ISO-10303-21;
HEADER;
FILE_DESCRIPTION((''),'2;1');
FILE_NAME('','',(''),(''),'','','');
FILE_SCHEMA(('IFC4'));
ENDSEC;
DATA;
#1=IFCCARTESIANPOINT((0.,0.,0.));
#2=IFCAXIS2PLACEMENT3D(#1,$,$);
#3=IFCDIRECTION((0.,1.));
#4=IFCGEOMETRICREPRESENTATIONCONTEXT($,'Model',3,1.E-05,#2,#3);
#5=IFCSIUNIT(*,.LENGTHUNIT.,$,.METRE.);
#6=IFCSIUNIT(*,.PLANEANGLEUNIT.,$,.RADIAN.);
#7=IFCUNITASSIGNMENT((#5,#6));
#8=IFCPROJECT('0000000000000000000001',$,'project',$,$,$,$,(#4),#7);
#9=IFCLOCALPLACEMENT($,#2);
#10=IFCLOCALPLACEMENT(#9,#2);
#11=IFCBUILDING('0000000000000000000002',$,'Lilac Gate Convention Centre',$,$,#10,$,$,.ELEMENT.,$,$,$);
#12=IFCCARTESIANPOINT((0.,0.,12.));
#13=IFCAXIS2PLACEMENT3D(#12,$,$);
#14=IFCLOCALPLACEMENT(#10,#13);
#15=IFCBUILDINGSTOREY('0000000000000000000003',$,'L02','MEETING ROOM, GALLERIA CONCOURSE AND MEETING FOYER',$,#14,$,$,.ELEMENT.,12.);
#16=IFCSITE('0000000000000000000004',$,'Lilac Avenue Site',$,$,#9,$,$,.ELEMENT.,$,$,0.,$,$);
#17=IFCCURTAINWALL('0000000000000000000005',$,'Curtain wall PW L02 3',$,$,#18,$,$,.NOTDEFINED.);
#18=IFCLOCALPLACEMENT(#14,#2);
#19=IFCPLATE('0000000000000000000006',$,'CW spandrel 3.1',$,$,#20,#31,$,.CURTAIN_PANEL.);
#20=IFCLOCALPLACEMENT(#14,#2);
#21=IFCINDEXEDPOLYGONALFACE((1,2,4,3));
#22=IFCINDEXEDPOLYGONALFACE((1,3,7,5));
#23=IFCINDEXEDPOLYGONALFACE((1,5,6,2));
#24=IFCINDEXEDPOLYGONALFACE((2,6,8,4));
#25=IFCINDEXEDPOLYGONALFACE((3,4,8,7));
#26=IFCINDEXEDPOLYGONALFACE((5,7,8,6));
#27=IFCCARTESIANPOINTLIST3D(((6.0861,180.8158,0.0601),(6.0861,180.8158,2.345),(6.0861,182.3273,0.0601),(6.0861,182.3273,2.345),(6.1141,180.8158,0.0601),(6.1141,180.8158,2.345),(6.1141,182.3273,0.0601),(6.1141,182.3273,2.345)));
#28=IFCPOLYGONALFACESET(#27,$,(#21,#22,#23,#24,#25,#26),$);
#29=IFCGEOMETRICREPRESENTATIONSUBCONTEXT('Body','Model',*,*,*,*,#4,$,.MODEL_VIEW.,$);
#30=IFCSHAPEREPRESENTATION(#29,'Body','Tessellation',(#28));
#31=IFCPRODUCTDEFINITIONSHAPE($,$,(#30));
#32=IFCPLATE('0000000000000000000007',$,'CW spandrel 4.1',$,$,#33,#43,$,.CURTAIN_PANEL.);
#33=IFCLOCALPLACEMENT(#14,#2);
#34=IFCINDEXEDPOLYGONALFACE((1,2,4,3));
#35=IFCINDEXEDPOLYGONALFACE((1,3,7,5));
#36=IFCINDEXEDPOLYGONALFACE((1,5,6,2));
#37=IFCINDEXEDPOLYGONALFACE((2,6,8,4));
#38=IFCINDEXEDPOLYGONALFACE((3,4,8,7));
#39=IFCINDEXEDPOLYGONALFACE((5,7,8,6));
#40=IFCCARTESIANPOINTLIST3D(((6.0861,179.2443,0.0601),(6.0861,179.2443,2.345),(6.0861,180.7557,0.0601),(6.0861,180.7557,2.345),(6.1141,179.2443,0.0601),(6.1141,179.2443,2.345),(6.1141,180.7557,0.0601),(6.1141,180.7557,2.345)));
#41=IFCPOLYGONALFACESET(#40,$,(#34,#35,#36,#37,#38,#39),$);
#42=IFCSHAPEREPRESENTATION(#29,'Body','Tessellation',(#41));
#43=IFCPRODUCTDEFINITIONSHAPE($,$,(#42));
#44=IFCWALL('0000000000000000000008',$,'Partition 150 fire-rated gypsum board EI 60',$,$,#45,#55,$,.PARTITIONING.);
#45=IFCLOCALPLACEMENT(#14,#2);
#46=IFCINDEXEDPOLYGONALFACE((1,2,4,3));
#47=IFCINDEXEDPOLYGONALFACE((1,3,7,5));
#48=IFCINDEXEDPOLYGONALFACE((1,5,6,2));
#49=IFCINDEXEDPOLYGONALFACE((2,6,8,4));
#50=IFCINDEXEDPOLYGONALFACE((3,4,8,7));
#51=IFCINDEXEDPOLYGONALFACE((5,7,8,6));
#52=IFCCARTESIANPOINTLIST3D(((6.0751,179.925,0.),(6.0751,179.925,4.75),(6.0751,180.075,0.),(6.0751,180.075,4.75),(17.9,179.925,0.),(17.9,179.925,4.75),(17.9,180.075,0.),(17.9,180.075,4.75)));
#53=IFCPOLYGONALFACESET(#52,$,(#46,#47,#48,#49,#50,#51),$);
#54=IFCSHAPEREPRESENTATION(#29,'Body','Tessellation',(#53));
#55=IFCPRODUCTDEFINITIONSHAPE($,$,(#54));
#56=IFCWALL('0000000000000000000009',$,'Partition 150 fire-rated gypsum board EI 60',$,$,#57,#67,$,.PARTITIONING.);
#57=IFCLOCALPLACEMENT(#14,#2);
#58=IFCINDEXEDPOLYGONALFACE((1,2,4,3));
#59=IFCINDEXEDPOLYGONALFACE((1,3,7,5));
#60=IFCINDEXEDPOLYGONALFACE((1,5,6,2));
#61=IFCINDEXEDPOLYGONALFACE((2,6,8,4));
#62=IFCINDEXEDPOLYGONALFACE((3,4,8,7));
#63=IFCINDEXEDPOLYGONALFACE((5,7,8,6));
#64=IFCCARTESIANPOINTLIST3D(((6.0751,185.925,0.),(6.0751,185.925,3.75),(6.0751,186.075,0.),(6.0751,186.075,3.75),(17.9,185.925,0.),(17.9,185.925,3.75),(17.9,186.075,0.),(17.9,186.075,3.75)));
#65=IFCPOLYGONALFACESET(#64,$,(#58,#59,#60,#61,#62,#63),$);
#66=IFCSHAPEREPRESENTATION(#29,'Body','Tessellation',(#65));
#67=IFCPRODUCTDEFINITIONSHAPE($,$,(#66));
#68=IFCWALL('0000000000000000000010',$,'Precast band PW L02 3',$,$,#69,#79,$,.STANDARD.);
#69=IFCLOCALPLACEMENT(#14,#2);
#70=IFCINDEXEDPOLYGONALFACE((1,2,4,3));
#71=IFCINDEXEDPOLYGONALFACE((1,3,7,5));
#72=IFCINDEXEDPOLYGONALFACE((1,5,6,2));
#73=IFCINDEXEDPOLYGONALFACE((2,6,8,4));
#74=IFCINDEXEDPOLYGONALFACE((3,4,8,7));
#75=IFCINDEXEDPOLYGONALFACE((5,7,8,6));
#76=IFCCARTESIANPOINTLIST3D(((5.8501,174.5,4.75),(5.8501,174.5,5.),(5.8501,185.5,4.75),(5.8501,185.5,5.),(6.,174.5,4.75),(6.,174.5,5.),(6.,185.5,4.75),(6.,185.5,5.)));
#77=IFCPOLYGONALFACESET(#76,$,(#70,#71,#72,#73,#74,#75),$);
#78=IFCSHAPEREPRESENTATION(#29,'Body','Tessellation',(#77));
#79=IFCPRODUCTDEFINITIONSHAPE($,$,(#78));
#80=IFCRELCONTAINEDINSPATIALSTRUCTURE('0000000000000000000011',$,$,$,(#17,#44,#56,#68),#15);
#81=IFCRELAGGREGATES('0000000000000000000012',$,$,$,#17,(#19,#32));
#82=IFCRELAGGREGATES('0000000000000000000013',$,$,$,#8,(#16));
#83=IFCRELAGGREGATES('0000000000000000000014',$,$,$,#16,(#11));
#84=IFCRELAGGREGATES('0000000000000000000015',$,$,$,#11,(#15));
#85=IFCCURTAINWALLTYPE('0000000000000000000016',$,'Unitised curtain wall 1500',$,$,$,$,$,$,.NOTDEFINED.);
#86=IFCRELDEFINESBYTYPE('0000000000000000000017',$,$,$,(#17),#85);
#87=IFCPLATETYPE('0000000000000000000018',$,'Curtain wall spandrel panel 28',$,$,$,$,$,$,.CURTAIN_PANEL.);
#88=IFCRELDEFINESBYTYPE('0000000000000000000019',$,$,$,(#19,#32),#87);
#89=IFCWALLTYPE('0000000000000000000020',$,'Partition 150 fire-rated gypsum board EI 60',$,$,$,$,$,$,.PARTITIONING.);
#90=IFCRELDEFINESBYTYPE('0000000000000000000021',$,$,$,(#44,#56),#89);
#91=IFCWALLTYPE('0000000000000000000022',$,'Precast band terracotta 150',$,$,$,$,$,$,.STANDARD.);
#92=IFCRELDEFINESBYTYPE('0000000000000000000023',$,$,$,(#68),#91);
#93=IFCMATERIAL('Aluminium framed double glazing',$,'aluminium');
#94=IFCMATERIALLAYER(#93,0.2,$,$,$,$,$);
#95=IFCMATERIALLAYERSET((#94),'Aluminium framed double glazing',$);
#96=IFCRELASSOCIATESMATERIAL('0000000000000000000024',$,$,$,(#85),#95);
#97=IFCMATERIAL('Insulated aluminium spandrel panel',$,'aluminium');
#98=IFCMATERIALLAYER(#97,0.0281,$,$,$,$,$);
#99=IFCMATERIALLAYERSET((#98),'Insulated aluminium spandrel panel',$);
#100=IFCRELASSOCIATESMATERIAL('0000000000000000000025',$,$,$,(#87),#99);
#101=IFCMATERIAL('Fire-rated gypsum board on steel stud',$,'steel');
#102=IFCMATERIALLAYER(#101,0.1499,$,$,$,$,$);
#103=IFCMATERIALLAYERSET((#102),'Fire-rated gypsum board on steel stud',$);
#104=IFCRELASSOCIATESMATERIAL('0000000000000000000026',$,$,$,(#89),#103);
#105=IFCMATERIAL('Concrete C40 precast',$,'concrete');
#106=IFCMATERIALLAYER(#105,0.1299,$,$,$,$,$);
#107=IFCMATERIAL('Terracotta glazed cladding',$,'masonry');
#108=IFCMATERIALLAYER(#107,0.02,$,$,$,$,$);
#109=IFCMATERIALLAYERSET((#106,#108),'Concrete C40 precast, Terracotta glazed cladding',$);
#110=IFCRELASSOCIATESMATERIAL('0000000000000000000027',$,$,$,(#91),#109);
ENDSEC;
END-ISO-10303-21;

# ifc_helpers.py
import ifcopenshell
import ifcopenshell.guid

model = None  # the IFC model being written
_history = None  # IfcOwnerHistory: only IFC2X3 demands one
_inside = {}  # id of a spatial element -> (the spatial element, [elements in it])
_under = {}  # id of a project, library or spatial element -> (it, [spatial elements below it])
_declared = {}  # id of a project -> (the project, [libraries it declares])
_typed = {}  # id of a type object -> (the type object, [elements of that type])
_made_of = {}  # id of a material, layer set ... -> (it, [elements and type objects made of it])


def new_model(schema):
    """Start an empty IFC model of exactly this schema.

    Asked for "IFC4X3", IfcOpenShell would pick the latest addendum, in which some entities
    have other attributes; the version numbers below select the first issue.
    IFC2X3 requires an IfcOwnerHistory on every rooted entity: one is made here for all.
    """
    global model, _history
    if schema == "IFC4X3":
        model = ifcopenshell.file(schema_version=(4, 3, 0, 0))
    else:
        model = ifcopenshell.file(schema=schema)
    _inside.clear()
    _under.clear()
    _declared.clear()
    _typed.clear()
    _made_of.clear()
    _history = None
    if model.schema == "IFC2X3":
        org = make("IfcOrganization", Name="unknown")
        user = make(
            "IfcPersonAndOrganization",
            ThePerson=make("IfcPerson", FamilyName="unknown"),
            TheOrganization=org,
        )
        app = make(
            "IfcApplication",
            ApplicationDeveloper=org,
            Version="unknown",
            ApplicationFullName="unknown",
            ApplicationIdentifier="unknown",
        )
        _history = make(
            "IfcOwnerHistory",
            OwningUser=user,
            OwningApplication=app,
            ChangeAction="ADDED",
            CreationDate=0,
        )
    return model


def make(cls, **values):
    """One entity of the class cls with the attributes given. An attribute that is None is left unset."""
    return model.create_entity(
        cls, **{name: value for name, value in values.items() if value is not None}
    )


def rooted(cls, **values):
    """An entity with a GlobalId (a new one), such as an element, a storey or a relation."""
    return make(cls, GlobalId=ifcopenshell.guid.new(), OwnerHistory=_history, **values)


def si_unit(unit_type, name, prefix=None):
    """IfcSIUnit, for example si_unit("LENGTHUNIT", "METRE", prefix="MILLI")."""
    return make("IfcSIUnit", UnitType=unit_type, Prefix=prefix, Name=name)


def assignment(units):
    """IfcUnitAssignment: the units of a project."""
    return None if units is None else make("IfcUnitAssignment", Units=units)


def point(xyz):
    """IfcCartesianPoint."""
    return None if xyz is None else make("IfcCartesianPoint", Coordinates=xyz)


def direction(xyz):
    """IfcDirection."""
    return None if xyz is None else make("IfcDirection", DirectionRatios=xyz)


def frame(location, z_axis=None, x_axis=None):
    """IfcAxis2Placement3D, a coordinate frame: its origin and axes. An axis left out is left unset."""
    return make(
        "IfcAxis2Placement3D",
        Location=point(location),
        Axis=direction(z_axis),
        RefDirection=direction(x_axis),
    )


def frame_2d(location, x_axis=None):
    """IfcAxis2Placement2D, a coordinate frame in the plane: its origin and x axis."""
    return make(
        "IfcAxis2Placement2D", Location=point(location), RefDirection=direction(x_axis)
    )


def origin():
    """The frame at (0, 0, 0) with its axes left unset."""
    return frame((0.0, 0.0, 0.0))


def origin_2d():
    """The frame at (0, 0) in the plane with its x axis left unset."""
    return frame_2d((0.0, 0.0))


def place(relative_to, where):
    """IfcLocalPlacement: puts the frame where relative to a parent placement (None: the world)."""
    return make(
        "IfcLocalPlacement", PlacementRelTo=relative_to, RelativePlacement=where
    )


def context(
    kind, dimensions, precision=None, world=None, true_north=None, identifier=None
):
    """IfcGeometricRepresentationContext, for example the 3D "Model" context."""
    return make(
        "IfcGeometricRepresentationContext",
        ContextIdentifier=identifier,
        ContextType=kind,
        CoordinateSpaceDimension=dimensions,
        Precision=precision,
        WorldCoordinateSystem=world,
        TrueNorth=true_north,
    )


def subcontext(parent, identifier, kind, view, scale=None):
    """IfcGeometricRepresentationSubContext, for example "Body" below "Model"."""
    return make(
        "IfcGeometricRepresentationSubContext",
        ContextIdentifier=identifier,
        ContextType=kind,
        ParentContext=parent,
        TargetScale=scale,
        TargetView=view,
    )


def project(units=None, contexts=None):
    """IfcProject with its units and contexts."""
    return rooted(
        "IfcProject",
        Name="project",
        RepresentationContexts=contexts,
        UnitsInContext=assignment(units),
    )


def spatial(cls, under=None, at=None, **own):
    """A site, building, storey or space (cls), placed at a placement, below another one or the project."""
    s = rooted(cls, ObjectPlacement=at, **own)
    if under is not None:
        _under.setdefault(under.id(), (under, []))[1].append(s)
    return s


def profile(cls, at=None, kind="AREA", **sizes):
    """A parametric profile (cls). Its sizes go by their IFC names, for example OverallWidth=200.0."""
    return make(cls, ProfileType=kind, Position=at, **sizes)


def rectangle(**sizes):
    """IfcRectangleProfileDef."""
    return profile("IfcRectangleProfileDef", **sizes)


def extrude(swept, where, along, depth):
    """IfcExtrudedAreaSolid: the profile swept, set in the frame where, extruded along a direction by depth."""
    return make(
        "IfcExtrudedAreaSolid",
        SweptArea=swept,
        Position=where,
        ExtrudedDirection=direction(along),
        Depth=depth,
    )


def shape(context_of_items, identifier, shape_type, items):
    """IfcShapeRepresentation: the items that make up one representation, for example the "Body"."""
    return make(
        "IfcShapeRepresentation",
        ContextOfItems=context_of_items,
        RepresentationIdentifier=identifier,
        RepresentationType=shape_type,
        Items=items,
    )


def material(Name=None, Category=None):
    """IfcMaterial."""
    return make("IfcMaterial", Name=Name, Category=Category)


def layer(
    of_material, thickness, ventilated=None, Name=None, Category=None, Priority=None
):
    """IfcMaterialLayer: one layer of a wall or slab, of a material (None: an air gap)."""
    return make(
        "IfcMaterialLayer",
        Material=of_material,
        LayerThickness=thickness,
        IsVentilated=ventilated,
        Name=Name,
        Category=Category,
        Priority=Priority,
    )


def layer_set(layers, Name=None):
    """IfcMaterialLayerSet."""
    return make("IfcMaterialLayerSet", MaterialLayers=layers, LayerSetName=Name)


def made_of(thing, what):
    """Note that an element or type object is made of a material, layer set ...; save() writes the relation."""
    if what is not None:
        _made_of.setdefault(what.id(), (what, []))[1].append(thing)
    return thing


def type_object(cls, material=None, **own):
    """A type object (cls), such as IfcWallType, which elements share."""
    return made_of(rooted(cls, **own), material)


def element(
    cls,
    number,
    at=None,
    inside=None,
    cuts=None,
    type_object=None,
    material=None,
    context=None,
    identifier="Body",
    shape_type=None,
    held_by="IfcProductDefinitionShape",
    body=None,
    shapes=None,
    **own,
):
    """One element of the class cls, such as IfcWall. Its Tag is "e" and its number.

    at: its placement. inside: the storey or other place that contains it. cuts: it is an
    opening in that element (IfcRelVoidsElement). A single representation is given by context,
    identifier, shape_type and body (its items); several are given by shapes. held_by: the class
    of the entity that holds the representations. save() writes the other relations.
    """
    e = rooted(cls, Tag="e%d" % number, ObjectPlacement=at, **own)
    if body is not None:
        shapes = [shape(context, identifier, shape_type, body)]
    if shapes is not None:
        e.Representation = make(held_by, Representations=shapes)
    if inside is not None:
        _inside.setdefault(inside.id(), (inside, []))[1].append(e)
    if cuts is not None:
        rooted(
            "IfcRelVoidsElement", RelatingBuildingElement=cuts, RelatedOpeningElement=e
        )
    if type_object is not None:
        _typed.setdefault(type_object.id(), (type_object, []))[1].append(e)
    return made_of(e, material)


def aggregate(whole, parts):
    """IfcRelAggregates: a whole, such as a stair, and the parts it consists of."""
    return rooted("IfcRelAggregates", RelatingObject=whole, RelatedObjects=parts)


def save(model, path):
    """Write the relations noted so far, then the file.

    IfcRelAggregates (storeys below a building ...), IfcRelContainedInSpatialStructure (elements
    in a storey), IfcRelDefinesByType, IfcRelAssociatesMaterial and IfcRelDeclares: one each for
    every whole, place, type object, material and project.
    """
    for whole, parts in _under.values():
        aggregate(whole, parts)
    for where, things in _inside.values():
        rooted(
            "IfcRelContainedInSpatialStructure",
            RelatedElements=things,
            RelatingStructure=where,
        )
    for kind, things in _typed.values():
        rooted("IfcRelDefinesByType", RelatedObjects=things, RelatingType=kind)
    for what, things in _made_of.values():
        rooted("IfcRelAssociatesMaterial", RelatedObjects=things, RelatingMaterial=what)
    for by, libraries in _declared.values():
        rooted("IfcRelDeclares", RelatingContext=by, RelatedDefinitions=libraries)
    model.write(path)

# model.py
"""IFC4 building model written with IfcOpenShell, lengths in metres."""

from ifc_helpers import new_model, si_unit, direction, frame, frame_2d, origin, origin_2d, place, context, subcontext, project, spatial, rectangle, extrude, material, layer, layer_set, type_object, element, aggregate, save


model = new_model("IFC4")

# Units and contexts
model_context = context("Model", 3, precision=1e-05, world=origin(), true_north=direction((0.0, 1.0)))
body_context = subcontext(model_context, "Body", "Model", "MODEL_VIEW")
ifc_project = project(units=[si_unit("LENGTHUNIT", "METRE"), si_unit("PLANEANGLEUNIT", "RADIAN")], contexts=[model_context])

# Site, building, storey
site_placement = place(None, origin())
site = spatial("IfcSite", under=ifc_project, at=site_placement, Name="Lilac Avenue Site", CompositionType="ELEMENT", RefElevation=0.0)
building_placement = place(site_placement, origin())
building = spatial("IfcBuilding", under=site, at=building_placement, Name="Lilac Gate Convention Centre", CompositionType="ELEMENT")
storey_placement = place(building_placement, frame((0.0, 0.0, 12.0)))
storey = spatial("IfcBuildingStorey", under=building, at=storey_placement, Name="L02", Description="MEETING ROOM, GALLERIA CONCOURSE AND MEETING FOYER", CompositionType="ELEMENT", Elevation=12.0)

# Curtain wall
ifc_material_1 = material(Name="Aluminium framed double glazing", Category="aluminium")
ifc_layer_1 = layer(ifc_material_1, 0.2)
ifc_layer_set_1 = layer_set([ifc_layer_1], Name="Aluminium framed double glazing")
curtain_wall_type = type_object("IfcCurtainWallType", Name="Unitised curtain wall 1500", PredefinedType="NOTDEFINED", material=ifc_layer_set_1)
curtain_wall_placement = place(storey_placement, origin())
curtain_wall = element("IfcCurtainWall", 1, at=curtain_wall_placement, inside=storey, type_object=curtain_wall_type, Name="Curtain wall PW L02 3", PredefinedType="NOTDEFINED")

# Plates
ifc_material_2 = material(Name="Insulated aluminium spandrel panel", Category="aluminium")
ifc_layer_2 = layer(ifc_material_2, 0.0281)
ifc_layer_set_2 = layer_set([ifc_layer_2], Name="Insulated aluminium spandrel panel")
plate_type_1 = type_object("IfcPlateType", Name="Curtain wall spandrel panel 28", PredefinedType="CURTAIN_PANEL", material=ifc_layer_set_2)
plate_1_placement = place(storey_placement, frame((6.1001, 181.5715, 0.0601), z_axis=(0.0, 0.0, 1.0), x_axis=(0.0, -1.0, 0.0)))
plate_1 = element("IfcPlate", 2, at=plate_1_placement, type_object=plate_type_1, Name="CW spandrel 3.1", PredefinedType="CURTAIN_PANEL", context=body_context, shape_type="SweptSolid", body=[
    extrude(rectangle(XDim=1.5115, YDim=0.0281, at=origin_2d()), origin(), (0.0, 0.0, 1.0), 2.2849),
])
plate_2_placement = place(storey_placement, frame((6.1001, 180.0, 0.0601), z_axis=(0.0, 0.0, 1.0), x_axis=(0.0, -1.0, 0.0)))
plate_2 = element("IfcPlate", 3, at=plate_2_placement, type_object=plate_type_1, Name="CW spandrel 4.1", PredefinedType="CURTAIN_PANEL", context=body_context, shape_type="SweptSolid", body=[
    extrude(rectangle(XDim=1.5115, YDim=0.0281, at=origin_2d()), origin(), (0.0, 0.0, 1.0), 2.2849),
])
aggregate(curtain_wall, [plate_1, plate_2])

# Walls
ifc_material_3 = material(Name="Fire-rated gypsum board on steel stud", Category="steel")
ifc_layer_3 = layer(ifc_material_3, 0.1499)
ifc_layer_set_3 = layer_set([ifc_layer_3], Name="Fire-rated gypsum board on steel stud")
wall_type_1 = type_object("IfcWallType", Name="Partition 150 fire-rated gypsum board EI 60", PredefinedType="PARTITIONING", material=ifc_layer_set_3)
wall_1_placement = place(storey_placement, frame((6.075, 180.0, 0.0), z_axis=(0.0, 0.0, 1.0), x_axis=(1.0, 0.0, 0.0)))
element("IfcWall", 4, at=wall_1_placement, inside=storey, type_object=wall_type_1, Name="Partition 150 fire-rated gypsum board EI 60", PredefinedType="PARTITIONING", context=body_context, shape_type="SweptSolid", body=[
    extrude(rectangle(XDim=11.825, YDim=0.1499, at=frame_2d((5.9126, 0.0))), origin(), (0.0, 0.0, 1.0), 4.75),
])
wall_2_placement = place(storey_placement, frame((6.075, 186.0, 0.0), z_axis=(0.0, 0.0, 1.0), x_axis=(1.0, 0.0, 0.0)))
element("IfcWall", 5, at=wall_2_placement, inside=storey, type_object=wall_type_1, Name="Partition 150 fire-rated gypsum board EI 60", PredefinedType="PARTITIONING", context=body_context, shape_type="SweptSolid", body=[
    extrude(rectangle(XDim=11.825, YDim=0.1499, at=frame_2d((5.9126, 0.0))), origin(), (0.0, 0.0, 1.0), 3.75),
])
ifc_material_4 = material(Name="Concrete C40 precast", Category="concrete")
ifc_layer_4 = layer(ifc_material_4, 0.1299)
ifc_material_5 = material(Name="Terracotta glazed cladding", Category="masonry")
ifc_layer_5 = layer(ifc_material_5, 0.02)
ifc_layer_set_4 = layer_set([ifc_layer_4, ifc_layer_5], Name="Concrete C40 precast, Terracotta glazed cladding")
wall_type_2 = type_object("IfcWallType", Name="Precast band terracotta 150", PredefinedType="STANDARD", material=ifc_layer_set_4)
wall_3_placement = place(storey_placement, frame((5.925, 185.5, 4.75), z_axis=(0.0, 0.0, 1.0), x_axis=(0.0, -1.0, 0.0)))
element("IfcWall", 6, at=wall_3_placement, inside=storey, type_object=wall_type_2, Name="Precast band PW L02 3", PredefinedType="STANDARD", context=body_context, shape_type="SweptSolid", body=[
    extrude(rectangle(XDim=11.0, YDim=0.1499, at=frame_2d((5.5, 0.0))), origin(), (0.0, 0.0, 1.0), 0.25),
])

save(model, "model.ifc")
